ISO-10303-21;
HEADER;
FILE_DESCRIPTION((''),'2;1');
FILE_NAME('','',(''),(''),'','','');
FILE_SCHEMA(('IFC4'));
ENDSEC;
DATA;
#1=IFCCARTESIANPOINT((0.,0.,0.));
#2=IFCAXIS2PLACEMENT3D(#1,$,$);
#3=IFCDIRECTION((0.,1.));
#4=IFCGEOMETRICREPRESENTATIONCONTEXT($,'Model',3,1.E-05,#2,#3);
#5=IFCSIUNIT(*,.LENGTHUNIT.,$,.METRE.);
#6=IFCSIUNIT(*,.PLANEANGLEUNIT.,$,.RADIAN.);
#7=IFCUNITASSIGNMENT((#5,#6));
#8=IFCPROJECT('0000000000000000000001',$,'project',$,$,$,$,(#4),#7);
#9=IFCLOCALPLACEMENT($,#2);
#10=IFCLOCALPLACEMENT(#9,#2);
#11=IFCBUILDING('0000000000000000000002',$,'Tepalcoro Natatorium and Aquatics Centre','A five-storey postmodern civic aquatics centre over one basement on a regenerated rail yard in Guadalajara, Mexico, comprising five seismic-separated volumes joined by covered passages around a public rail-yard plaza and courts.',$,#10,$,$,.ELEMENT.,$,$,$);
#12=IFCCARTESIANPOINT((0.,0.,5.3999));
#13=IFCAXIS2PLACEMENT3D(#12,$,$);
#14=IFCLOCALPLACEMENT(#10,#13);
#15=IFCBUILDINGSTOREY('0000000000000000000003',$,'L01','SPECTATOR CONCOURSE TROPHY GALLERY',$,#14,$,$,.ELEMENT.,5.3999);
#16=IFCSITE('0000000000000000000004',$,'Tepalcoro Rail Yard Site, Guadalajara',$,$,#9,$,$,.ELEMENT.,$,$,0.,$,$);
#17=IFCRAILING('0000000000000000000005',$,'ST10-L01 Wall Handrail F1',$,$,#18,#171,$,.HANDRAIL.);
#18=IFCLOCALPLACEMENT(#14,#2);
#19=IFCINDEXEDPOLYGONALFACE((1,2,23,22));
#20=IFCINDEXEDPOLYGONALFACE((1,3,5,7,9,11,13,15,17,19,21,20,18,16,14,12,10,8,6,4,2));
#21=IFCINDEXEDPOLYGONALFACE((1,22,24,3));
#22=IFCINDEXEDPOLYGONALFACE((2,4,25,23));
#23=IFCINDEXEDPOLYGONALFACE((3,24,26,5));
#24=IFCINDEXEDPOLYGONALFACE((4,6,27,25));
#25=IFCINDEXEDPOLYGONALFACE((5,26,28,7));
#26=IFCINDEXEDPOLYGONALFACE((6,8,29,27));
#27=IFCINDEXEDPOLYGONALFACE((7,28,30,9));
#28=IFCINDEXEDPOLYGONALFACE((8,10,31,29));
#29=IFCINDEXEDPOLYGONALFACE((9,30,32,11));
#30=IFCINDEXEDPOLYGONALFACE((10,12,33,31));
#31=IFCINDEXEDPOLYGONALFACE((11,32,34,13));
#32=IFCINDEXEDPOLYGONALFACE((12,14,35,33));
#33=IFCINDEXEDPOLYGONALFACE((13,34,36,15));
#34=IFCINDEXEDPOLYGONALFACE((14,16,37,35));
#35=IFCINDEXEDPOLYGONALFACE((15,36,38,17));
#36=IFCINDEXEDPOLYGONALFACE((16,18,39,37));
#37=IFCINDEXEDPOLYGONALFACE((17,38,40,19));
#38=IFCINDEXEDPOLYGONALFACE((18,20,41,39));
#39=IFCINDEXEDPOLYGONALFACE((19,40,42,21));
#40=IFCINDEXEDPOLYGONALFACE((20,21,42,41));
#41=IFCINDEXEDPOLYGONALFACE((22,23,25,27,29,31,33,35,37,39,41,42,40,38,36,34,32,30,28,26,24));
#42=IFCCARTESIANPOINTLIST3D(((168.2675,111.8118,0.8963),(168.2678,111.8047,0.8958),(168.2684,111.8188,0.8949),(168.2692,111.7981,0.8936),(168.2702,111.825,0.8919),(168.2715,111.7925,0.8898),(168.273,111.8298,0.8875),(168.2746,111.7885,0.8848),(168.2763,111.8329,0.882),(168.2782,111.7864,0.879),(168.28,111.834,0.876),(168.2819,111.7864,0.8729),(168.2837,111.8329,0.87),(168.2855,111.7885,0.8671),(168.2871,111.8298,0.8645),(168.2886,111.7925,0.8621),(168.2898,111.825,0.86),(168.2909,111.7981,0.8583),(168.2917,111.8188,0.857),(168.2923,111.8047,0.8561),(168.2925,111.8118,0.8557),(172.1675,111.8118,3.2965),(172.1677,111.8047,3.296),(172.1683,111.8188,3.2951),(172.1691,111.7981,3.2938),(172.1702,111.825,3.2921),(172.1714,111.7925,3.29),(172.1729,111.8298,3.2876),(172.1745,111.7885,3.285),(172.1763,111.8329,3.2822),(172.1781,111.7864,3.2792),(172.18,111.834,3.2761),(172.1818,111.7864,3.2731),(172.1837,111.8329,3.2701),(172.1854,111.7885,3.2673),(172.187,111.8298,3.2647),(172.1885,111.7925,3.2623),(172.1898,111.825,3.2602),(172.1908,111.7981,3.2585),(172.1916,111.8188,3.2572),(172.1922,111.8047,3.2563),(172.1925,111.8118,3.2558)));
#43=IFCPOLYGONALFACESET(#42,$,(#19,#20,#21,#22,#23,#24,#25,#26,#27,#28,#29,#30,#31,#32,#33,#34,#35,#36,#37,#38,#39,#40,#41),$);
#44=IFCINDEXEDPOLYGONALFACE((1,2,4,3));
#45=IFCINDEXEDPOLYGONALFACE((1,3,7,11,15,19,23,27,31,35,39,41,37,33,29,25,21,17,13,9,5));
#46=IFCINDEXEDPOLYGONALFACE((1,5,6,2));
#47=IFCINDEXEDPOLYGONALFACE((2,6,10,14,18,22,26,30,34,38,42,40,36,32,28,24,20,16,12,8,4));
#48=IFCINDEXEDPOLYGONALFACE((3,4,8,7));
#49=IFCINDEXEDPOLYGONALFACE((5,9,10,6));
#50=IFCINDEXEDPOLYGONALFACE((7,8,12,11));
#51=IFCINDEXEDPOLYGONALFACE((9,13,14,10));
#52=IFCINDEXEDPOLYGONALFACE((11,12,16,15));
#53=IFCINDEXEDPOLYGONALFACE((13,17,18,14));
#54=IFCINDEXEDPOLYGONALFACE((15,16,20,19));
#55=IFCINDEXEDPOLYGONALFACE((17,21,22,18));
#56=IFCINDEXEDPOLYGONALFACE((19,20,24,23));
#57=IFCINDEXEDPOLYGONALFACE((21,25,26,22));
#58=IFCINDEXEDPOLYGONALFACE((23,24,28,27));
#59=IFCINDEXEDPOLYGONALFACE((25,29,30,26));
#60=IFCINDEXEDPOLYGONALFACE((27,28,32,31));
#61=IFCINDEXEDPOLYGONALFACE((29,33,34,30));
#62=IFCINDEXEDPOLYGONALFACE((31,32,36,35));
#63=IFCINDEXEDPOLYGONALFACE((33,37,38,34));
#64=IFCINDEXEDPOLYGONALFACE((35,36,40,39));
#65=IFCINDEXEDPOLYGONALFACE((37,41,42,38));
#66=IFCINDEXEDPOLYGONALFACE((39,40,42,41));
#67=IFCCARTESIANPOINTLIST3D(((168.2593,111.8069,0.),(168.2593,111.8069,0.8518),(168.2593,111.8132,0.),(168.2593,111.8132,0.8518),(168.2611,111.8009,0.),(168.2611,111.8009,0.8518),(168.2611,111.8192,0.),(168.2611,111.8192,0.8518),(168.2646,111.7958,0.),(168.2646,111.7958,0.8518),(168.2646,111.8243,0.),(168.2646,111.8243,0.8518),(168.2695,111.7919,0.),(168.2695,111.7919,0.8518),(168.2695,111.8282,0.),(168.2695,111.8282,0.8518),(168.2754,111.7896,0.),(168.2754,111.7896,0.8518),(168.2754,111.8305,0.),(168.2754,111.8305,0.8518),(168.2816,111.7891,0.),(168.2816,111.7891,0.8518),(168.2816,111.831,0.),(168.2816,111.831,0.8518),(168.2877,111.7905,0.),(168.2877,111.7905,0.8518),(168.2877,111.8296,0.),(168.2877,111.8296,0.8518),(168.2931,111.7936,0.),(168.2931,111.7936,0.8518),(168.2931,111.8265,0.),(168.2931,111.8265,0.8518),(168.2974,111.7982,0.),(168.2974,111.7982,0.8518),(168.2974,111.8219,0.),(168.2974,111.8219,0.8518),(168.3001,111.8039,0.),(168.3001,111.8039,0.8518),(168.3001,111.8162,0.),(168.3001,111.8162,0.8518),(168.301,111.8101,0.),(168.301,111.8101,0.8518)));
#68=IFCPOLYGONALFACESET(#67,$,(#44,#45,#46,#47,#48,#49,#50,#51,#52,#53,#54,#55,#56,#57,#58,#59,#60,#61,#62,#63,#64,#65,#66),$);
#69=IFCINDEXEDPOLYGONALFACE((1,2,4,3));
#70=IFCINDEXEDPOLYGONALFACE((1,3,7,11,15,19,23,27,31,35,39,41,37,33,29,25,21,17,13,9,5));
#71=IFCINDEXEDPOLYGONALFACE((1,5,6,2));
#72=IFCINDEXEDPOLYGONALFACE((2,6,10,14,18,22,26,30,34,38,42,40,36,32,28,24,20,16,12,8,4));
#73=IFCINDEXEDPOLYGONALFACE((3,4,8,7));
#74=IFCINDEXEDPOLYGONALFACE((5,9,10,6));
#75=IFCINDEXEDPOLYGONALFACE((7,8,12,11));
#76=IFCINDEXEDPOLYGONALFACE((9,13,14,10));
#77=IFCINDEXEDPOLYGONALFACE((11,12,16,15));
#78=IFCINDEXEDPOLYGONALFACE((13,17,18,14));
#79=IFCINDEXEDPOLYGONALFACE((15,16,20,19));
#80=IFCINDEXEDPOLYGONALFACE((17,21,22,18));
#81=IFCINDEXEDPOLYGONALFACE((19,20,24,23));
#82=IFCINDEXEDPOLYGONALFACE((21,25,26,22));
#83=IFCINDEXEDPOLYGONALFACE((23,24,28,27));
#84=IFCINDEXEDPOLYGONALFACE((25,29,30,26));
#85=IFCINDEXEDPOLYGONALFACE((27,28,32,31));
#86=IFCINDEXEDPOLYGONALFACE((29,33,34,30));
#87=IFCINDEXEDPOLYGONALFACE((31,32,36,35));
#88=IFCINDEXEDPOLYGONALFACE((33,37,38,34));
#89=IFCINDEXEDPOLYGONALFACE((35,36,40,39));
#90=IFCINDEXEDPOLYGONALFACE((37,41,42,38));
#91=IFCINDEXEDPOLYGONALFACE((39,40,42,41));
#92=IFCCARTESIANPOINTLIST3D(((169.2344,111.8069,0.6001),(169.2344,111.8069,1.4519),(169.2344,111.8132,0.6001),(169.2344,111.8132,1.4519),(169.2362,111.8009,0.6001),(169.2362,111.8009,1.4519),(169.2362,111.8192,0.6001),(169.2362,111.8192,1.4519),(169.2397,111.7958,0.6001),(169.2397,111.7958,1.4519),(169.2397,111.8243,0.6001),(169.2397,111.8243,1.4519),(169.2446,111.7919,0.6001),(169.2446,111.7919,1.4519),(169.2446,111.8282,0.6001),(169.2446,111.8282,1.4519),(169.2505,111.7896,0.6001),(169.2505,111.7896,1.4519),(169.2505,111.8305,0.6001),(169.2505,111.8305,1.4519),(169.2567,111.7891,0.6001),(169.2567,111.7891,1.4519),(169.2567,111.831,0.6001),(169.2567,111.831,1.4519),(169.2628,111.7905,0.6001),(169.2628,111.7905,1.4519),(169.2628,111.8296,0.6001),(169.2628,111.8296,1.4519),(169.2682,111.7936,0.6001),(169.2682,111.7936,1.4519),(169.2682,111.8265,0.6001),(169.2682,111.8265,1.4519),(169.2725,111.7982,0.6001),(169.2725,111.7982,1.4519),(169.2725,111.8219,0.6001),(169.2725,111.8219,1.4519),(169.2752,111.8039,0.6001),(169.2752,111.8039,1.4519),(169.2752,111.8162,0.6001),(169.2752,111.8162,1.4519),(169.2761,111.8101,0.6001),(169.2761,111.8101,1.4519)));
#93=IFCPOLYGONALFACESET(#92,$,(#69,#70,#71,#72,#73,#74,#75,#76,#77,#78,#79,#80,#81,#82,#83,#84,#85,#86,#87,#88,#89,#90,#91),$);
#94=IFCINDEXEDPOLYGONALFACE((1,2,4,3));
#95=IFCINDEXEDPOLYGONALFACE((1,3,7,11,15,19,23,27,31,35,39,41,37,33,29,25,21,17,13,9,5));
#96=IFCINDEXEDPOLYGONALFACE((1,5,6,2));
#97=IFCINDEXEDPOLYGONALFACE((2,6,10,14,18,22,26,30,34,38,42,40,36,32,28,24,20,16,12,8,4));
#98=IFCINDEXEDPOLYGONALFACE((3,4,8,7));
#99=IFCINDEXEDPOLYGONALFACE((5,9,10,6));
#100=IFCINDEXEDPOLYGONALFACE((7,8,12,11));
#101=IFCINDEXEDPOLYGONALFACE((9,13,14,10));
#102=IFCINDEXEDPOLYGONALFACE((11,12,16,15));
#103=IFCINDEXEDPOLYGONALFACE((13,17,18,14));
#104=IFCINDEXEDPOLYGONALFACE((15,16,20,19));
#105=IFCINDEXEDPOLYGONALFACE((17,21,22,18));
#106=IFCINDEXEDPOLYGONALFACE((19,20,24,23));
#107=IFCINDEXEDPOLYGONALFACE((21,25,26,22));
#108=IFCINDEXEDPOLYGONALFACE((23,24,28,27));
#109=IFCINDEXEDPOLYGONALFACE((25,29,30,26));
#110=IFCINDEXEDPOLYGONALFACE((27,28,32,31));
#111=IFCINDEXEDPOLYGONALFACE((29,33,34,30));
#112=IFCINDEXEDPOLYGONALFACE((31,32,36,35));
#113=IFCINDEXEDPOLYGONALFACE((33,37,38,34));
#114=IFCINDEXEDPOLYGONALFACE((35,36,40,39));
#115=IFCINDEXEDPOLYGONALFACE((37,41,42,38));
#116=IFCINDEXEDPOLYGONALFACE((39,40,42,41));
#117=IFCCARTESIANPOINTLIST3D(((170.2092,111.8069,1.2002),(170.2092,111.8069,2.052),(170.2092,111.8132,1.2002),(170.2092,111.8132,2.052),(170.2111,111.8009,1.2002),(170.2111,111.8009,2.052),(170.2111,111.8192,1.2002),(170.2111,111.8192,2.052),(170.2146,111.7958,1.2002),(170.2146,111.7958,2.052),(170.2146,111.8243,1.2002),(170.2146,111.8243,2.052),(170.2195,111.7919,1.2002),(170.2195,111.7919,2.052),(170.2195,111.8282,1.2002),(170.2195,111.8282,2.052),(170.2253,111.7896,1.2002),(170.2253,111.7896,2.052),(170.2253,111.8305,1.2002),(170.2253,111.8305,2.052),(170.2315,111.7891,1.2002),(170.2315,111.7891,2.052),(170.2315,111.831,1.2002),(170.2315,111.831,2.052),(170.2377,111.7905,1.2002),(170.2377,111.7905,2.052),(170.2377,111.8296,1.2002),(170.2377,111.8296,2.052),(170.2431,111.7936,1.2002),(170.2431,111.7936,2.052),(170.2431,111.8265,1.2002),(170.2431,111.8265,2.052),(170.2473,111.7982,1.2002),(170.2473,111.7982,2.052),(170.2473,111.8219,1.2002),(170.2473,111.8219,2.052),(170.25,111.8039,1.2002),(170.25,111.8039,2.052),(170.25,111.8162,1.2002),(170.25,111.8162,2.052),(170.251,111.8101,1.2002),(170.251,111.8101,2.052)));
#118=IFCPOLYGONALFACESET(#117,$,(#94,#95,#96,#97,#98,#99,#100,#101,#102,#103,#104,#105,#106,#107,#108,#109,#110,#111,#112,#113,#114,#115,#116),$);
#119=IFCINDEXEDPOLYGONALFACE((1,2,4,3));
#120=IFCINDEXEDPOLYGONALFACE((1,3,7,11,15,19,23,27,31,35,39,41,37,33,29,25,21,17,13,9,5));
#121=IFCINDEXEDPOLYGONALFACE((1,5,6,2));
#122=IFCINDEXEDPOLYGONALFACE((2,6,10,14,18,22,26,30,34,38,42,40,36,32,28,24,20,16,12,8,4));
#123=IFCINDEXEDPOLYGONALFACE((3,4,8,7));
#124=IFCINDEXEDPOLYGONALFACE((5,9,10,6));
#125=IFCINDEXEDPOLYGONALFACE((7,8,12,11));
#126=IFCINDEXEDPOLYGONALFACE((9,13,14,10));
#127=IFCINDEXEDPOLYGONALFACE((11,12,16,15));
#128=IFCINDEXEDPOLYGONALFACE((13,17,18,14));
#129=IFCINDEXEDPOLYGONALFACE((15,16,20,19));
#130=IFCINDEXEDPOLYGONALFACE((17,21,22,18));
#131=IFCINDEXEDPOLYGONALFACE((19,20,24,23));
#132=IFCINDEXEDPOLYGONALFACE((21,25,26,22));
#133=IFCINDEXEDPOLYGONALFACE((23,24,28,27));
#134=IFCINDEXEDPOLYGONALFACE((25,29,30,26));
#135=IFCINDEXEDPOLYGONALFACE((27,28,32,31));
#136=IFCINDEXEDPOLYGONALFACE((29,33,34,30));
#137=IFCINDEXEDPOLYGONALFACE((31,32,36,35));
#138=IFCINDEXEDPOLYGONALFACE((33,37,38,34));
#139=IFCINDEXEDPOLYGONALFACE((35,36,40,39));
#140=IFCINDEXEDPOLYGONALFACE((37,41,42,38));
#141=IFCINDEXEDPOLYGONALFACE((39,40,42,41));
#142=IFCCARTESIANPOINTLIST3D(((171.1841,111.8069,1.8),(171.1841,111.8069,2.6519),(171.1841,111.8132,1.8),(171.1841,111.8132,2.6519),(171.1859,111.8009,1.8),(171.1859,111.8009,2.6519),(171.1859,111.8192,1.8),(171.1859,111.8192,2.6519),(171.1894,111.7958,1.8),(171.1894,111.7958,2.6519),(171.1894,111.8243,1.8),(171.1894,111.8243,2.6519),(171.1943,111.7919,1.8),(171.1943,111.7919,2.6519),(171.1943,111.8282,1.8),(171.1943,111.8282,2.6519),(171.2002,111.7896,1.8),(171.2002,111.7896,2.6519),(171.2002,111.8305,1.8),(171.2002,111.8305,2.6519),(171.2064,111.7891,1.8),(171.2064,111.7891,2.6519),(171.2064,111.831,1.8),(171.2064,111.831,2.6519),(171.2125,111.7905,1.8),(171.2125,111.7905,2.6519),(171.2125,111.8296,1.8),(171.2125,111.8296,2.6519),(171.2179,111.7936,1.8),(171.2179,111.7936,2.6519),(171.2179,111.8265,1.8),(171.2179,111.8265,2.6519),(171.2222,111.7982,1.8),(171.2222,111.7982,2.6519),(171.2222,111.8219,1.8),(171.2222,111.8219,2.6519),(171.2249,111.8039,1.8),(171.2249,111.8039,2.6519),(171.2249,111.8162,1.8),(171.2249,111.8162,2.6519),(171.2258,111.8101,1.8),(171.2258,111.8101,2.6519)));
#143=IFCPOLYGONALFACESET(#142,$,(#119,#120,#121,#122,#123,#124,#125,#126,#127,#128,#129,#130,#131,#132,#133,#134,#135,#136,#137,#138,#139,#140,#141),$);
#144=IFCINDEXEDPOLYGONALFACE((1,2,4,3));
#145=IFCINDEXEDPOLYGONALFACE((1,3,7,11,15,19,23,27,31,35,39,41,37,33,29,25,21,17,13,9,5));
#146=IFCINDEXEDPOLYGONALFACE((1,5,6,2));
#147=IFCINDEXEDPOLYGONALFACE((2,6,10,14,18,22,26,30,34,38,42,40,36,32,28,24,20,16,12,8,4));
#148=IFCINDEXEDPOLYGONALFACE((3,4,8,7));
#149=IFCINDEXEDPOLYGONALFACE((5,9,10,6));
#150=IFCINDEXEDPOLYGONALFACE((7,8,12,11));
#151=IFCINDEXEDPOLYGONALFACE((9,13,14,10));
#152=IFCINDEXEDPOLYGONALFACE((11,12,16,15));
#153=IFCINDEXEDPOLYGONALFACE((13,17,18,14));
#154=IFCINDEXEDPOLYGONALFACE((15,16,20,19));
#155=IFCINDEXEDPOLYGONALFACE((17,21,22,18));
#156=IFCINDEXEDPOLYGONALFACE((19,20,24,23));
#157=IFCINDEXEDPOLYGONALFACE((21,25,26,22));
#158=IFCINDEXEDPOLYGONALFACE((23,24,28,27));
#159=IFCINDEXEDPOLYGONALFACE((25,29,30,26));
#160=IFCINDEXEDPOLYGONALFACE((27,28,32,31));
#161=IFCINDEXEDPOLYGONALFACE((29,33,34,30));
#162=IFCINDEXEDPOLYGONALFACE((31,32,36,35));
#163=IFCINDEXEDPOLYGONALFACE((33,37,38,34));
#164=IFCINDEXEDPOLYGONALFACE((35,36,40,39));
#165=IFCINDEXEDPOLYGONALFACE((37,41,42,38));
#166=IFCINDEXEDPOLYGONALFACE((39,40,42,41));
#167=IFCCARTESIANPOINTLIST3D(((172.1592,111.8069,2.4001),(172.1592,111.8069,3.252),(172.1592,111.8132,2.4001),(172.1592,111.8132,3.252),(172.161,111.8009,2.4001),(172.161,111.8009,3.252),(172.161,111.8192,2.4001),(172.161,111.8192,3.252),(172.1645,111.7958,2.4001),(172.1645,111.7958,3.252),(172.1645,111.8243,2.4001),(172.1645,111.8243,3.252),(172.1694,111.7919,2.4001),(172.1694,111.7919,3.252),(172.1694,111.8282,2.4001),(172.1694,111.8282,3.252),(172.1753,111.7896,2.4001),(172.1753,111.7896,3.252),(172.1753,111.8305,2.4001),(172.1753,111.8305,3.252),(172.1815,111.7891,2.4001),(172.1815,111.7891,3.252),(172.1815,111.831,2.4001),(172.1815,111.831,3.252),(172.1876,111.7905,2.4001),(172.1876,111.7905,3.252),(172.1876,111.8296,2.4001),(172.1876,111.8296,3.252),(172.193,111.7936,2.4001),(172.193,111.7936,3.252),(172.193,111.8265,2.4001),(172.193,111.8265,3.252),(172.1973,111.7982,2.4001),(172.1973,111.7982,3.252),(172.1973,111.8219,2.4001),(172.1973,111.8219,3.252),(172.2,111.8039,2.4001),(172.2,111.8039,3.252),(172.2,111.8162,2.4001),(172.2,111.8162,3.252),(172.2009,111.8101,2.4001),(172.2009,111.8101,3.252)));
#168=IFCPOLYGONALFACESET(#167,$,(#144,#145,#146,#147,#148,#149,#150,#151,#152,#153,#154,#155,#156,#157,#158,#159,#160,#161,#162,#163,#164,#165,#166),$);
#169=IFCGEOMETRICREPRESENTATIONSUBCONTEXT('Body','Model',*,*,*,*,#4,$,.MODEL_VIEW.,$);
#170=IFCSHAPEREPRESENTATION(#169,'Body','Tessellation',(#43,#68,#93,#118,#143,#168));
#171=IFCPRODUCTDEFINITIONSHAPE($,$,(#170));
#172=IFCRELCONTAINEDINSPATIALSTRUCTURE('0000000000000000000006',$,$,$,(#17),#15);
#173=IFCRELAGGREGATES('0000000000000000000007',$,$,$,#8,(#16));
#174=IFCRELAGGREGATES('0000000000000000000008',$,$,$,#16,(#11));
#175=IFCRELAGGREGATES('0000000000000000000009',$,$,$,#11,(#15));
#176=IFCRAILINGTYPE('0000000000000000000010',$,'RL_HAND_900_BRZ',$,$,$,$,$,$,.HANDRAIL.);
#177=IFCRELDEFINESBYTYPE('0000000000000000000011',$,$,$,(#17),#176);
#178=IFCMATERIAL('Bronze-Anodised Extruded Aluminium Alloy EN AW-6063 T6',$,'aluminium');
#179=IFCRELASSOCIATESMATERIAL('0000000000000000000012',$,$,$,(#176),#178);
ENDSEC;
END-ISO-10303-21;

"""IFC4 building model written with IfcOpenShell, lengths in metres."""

from ifc_helpers import new_model, si_unit, direction, frame, origin, origin_2d, place, context, subcontext, project, spatial, circle, extrude, material, type_object, element, save


model = new_model("IFC4")

# Units and contexts
model_context = context("Model", 3, precision=1e-05, world=origin(), true_north=direction((0.0, 1.0)))
body_context = subcontext(model_context, "Body", "Model", "MODEL_VIEW")
ifc_project = project(units=[si_unit("LENGTHUNIT", "METRE"), si_unit("PLANEANGLEUNIT", "RADIAN")], contexts=[model_context])

# Site, building, storey
site_placement = place(None, origin())
site = spatial("IfcSite", under=ifc_project, at=site_placement, Name="Tepalcoro Rail Yard Site, Guadalajara", CompositionType="ELEMENT", RefElevation=0.0)
building_placement = place(site_placement, origin())
building = spatial("IfcBuilding", under=site, at=building_placement, Name="Tepalcoro Natatorium and Aquatics Centre", Description="A five-storey postmodern civic aquatics centre over one basement on a regenerated rail yard in Guadalajara, Mexico, comprising five seismic-separated volumes joined by covered passages around a public rail-yard plaza and courts.", CompositionType="ELEMENT")
storey_placement = place(building_placement, frame((0.0, 0.0, 5.3999)))
storey = spatial("IfcBuildingStorey", under=building, at=storey_placement, Name="L01", Description="SPECTATOR CONCOURSE TROPHY GALLERY", CompositionType="ELEMENT", Elevation=5.3999)

# Railing
ifc_material_1 = material(Name="Bronze-Anodised Extruded Aluminium Alloy EN AW-6063 T6", Category="aluminium")
railing_type = type_object("IfcRailingType", Name="RL_HAND_900_BRZ", PredefinedType="HANDRAIL", material=ifc_material_1)
railing_placement = place(storey_placement, frame((168.28, 111.8101, 0.0)))
element("IfcRailing", 1, at=railing_placement, inside=storey, type_object=railing_type, Name="ST10-L01 Wall Handrail F1", PredefinedType="HANDRAIL", context=body_context, shape_type="SweptSolid", body=[
    extrude(circle(Radius=0.0239, at=origin_2d()), frame((0.0, 0.0, 0.876), z_axis=(0.851638, 0.0, 0.52413), x_axis=(0.0, 1.0, 0.0)), (0.0, 0.0, 1.0), 4.5793),
    extrude(circle(Radius=0.021, at=origin_2d()), origin(), (0.0, 0.0, 1.0), 0.8518),
    extrude(circle(Radius=0.021, at=origin_2d()), frame((0.9751, 0.0, 0.6001)), (0.0, 0.0, 1.0), 0.8518),
    extrude(circle(Radius=0.021, at=origin_2d()), frame((1.95, 0.0, 1.2002)), (0.0, 0.0, 1.0), 0.8518),
    extrude(circle(Radius=0.021, at=origin_2d()), frame((2.9248, 0.0, 1.8)), (0.0, 0.0, 1.0), 0.8518),
    extrude(circle(Radius=0.021, at=origin_2d()), frame((3.8999, 0.0, 2.4001)), (0.0, 0.0, 1.0), 0.8518),
])

save(model, "model.ifc")
